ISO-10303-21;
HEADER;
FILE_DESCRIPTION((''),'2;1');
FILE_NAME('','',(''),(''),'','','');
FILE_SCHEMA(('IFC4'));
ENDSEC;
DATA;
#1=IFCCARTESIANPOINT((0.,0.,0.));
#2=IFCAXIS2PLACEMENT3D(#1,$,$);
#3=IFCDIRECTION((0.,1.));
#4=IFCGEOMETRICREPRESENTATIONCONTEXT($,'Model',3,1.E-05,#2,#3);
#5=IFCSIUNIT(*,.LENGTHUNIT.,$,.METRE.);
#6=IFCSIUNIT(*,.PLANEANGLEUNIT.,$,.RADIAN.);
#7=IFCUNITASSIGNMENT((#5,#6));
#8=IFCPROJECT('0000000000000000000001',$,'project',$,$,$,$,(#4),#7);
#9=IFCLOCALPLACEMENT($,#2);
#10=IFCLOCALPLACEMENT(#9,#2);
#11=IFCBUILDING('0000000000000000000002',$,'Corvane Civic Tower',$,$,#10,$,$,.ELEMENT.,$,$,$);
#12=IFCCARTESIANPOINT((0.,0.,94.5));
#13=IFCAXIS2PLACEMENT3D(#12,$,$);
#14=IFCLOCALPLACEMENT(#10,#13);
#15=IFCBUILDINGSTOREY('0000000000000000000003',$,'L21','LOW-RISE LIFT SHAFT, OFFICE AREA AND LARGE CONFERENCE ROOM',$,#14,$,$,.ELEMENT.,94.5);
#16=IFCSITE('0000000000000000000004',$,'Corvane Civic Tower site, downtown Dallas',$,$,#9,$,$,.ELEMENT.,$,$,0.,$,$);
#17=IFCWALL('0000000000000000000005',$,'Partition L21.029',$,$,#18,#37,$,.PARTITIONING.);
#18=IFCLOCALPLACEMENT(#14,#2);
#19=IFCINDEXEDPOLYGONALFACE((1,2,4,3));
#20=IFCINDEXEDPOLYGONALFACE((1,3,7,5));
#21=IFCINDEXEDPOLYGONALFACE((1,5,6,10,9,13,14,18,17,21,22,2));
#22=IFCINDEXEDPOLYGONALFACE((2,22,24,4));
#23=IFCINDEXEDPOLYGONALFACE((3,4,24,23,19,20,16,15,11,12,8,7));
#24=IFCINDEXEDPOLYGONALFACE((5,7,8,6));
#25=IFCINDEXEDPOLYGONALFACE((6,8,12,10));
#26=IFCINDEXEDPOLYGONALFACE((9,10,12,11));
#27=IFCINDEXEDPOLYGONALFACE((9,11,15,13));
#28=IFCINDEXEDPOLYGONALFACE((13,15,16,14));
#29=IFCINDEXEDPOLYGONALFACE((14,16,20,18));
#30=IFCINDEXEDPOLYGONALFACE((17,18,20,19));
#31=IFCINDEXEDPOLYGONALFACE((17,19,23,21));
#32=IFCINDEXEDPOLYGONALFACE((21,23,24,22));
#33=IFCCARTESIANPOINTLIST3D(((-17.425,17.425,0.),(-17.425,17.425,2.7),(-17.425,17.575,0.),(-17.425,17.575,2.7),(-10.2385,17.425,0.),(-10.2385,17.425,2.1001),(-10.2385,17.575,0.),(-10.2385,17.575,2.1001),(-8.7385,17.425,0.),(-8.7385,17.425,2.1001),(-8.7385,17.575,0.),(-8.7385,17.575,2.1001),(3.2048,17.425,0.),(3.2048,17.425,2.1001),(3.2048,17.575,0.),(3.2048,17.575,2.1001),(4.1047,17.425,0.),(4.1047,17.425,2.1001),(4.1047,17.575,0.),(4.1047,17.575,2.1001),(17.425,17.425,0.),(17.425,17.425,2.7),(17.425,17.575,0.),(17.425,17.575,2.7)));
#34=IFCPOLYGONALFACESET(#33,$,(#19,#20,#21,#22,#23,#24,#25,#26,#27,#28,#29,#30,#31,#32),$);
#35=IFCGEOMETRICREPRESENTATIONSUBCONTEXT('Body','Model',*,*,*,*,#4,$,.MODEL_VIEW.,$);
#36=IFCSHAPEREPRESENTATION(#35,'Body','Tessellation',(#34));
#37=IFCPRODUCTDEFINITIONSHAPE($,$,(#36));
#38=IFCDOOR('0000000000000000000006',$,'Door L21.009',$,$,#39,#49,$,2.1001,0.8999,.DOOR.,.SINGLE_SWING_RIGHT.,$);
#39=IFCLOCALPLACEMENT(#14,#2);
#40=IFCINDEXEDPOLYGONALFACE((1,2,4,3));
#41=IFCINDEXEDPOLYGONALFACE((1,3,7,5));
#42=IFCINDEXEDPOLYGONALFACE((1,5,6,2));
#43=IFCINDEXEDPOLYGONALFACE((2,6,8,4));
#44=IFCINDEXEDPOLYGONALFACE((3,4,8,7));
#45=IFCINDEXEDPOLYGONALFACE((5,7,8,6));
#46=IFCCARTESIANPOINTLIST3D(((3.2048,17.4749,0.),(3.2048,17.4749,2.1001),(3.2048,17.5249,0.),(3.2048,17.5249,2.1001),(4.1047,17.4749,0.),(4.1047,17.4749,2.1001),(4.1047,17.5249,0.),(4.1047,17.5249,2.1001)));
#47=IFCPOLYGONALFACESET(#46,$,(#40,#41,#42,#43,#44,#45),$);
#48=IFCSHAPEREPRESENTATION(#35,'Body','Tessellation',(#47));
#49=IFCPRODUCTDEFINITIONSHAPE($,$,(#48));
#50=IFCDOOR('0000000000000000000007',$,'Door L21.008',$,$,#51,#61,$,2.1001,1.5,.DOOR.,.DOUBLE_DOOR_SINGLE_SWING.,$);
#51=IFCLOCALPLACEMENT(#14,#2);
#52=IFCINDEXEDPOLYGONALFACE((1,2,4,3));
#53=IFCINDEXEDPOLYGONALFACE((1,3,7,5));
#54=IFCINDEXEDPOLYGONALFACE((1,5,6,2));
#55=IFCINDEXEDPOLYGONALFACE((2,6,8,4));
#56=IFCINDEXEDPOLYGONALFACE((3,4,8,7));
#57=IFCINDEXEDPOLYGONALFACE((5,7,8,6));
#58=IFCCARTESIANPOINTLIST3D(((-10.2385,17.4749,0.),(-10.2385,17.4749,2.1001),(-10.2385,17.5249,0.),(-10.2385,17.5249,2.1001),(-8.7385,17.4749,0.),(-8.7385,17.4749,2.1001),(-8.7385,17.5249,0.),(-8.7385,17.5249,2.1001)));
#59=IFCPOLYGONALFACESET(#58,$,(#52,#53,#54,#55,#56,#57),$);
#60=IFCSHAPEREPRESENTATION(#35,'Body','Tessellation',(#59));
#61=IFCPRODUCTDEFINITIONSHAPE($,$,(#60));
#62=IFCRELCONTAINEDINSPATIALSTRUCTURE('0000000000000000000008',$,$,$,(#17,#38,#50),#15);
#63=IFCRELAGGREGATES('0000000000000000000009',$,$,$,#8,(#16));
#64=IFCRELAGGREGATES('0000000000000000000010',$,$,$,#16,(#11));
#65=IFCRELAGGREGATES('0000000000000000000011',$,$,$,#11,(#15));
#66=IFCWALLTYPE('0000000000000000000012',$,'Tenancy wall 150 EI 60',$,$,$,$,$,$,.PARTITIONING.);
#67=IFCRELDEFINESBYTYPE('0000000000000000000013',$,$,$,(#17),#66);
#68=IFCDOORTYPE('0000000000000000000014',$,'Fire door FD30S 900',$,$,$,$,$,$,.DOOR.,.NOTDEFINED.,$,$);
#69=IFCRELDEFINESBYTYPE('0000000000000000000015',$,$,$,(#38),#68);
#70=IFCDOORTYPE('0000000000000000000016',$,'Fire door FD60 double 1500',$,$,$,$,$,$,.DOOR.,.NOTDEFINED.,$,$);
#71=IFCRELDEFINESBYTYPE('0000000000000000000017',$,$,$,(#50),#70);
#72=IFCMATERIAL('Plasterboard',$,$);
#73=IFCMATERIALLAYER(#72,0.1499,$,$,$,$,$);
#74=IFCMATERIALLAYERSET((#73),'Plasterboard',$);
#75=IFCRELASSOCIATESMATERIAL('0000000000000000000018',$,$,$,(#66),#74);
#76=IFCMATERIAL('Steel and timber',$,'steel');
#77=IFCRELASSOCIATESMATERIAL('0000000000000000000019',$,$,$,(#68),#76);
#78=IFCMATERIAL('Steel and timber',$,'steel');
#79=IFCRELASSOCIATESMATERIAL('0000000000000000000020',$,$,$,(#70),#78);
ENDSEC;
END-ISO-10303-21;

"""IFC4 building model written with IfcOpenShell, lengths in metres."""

from ifc_helpers import new_model, si_unit, direction, frame, frame_2d, origin, place, context, subcontext, project, spatial, rectangle, extrude, material, layer, layer_set, type_object, element, fill, save


model = new_model("IFC4")

# Units and contexts
model_context = context("Model", 3, precision=1e-05, world=origin(), true_north=direction((0.0, 1.0)))
body_context = subcontext(model_context, "Body", "Model", "MODEL_VIEW")
ifc_project = project(units=[si_unit("LENGTHUNIT", "METRE"), si_unit("PLANEANGLEUNIT", "RADIAN")], contexts=[model_context])

# Site, building, storey
site_placement = place(None, origin())
site = spatial("IfcSite", under=ifc_project, at=site_placement, Name="Corvane Civic Tower site, downtown Dallas", CompositionType="ELEMENT", RefElevation=0.0)
building_placement = place(site_placement, origin())
building = spatial("IfcBuilding", under=site, at=building_placement, Name="Corvane Civic Tower", CompositionType="ELEMENT")
storey_placement = place(building_placement, frame((0.0, 0.0, 94.5)))
storey = spatial("IfcBuildingStorey", under=building, at=storey_placement, Name="L21", Description="LOW-RISE LIFT SHAFT, OFFICE AREA AND LARGE CONFERENCE ROOM", CompositionType="ELEMENT", Elevation=94.5)

# Wall, openings, doors
ifc_material_1 = material(Name="Plasterboard")
ifc_layer_1 = layer(ifc_material_1, 0.1499)
ifc_layer_set_1 = layer_set([ifc_layer_1], Name="Plasterboard")
wall_type_1 = type_object("IfcWallType", Name="Tenancy wall 150 EI 60", PredefinedType="PARTITIONING", material=ifc_layer_set_1)
wall_1_placement = place(storey_placement, frame((-17.425, 17.5, 0.0), z_axis=(0.0, 0.0, 1.0), x_axis=(1.0, 0.0, 0.0)))
wall_1 = element("IfcWall", 1, at=wall_1_placement, inside=storey, type_object=wall_type_1, Name="Partition L21.029", PredefinedType="PARTITIONING", context=body_context, shape_type="SweptSolid", body=[
    extrude(rectangle(XDim=34.8501, YDim=0.1499, at=frame_2d((17.425, 0.0))), origin(), (0.0, 0.0, 1.0), 2.7),
])
opening_1_placement = place(wall_1_placement, frame((7.1865, 0.0, 0.0)))
opening_1 = element("IfcOpeningElement", 2, at=opening_1_placement, cuts=wall_1, PredefinedType="OPENING", context=body_context, shape_type="SweptSolid", body=[
    extrude(rectangle(XDim=1.5, YDim=2.1001, at=frame_2d((0.75, 1.05))), frame((0.0, 0.085, 0.0), z_axis=(0.0, -1.0, 0.0), x_axis=(1.0, 0.0, 0.0)), (0.0, 0.0, 1.0), 0.1699),
])
opening_2_placement = place(wall_1_placement, frame((20.6299, 0.0, 0.0)))
opening_2 = element("IfcOpeningElement", 3, at=opening_2_placement, cuts=wall_1, PredefinedType="OPENING", context=body_context, shape_type="SweptSolid", body=[
    extrude(rectangle(XDim=0.8999, YDim=2.1001, at=frame_2d((0.45, 1.05))), frame((0.0, 0.085, 0.0), z_axis=(0.0, -1.0, 0.0), x_axis=(1.0, 0.0, 0.0)), (0.0, 0.0, 1.0), 0.1699),
])
ifc_material_2 = material(Name="Steel and timber", Category="steel")
door_type_1 = type_object("IfcDoorType", Name="Fire door FD30S 900", OperationType="NOTDEFINED", PredefinedType="DOOR", material=ifc_material_2)
door_1_placement = place(opening_2_placement, origin())
door_1 = element("IfcDoor", 4, at=door_1_placement, inside=storey, type_object=door_type_1, Name="Door L21.009", OperationType="SINGLE_SWING_RIGHT", OverallHeight=2.1001, OverallWidth=0.8999, PredefinedType="DOOR", context=body_context, shape_type="SweptSolid", body=[
    extrude(rectangle(XDim=0.8999, YDim=2.1001, at=frame_2d((0.45, 1.05))), frame((0.0, 0.0249, 0.0), z_axis=(0.0, -1.0, 0.0), x_axis=(1.0, 0.0, 0.0)), (0.0, 0.0, 1.0), 0.05),
])
fill(opening_2, door_1)
ifc_material_3 = material(Name="Steel and timber", Category="steel")
door_type_2 = type_object("IfcDoorType", Name="Fire door FD60 double 1500", OperationType="NOTDEFINED", PredefinedType="DOOR", material=ifc_material_3)
door_2_placement = place(opening_1_placement, origin())
door_2 = element("IfcDoor", 5, at=door_2_placement, inside=storey, type_object=door_type_2, Name="Door L21.008", OperationType="DOUBLE_DOOR_SINGLE_SWING", OverallHeight=2.1001, OverallWidth=1.5, PredefinedType="DOOR", context=body_context, shape_type="SweptSolid", body=[
    extrude(rectangle(XDim=1.5, YDim=2.1001, at=frame_2d((0.75, 1.05))), frame((0.0, 0.0249, 0.0), z_axis=(0.0, -1.0, 0.0), x_axis=(1.0, 0.0, 0.0)), (0.0, 0.0, 1.0), 0.05),
])
fill(opening_1, door_2)

save(model, "model.ifc")
